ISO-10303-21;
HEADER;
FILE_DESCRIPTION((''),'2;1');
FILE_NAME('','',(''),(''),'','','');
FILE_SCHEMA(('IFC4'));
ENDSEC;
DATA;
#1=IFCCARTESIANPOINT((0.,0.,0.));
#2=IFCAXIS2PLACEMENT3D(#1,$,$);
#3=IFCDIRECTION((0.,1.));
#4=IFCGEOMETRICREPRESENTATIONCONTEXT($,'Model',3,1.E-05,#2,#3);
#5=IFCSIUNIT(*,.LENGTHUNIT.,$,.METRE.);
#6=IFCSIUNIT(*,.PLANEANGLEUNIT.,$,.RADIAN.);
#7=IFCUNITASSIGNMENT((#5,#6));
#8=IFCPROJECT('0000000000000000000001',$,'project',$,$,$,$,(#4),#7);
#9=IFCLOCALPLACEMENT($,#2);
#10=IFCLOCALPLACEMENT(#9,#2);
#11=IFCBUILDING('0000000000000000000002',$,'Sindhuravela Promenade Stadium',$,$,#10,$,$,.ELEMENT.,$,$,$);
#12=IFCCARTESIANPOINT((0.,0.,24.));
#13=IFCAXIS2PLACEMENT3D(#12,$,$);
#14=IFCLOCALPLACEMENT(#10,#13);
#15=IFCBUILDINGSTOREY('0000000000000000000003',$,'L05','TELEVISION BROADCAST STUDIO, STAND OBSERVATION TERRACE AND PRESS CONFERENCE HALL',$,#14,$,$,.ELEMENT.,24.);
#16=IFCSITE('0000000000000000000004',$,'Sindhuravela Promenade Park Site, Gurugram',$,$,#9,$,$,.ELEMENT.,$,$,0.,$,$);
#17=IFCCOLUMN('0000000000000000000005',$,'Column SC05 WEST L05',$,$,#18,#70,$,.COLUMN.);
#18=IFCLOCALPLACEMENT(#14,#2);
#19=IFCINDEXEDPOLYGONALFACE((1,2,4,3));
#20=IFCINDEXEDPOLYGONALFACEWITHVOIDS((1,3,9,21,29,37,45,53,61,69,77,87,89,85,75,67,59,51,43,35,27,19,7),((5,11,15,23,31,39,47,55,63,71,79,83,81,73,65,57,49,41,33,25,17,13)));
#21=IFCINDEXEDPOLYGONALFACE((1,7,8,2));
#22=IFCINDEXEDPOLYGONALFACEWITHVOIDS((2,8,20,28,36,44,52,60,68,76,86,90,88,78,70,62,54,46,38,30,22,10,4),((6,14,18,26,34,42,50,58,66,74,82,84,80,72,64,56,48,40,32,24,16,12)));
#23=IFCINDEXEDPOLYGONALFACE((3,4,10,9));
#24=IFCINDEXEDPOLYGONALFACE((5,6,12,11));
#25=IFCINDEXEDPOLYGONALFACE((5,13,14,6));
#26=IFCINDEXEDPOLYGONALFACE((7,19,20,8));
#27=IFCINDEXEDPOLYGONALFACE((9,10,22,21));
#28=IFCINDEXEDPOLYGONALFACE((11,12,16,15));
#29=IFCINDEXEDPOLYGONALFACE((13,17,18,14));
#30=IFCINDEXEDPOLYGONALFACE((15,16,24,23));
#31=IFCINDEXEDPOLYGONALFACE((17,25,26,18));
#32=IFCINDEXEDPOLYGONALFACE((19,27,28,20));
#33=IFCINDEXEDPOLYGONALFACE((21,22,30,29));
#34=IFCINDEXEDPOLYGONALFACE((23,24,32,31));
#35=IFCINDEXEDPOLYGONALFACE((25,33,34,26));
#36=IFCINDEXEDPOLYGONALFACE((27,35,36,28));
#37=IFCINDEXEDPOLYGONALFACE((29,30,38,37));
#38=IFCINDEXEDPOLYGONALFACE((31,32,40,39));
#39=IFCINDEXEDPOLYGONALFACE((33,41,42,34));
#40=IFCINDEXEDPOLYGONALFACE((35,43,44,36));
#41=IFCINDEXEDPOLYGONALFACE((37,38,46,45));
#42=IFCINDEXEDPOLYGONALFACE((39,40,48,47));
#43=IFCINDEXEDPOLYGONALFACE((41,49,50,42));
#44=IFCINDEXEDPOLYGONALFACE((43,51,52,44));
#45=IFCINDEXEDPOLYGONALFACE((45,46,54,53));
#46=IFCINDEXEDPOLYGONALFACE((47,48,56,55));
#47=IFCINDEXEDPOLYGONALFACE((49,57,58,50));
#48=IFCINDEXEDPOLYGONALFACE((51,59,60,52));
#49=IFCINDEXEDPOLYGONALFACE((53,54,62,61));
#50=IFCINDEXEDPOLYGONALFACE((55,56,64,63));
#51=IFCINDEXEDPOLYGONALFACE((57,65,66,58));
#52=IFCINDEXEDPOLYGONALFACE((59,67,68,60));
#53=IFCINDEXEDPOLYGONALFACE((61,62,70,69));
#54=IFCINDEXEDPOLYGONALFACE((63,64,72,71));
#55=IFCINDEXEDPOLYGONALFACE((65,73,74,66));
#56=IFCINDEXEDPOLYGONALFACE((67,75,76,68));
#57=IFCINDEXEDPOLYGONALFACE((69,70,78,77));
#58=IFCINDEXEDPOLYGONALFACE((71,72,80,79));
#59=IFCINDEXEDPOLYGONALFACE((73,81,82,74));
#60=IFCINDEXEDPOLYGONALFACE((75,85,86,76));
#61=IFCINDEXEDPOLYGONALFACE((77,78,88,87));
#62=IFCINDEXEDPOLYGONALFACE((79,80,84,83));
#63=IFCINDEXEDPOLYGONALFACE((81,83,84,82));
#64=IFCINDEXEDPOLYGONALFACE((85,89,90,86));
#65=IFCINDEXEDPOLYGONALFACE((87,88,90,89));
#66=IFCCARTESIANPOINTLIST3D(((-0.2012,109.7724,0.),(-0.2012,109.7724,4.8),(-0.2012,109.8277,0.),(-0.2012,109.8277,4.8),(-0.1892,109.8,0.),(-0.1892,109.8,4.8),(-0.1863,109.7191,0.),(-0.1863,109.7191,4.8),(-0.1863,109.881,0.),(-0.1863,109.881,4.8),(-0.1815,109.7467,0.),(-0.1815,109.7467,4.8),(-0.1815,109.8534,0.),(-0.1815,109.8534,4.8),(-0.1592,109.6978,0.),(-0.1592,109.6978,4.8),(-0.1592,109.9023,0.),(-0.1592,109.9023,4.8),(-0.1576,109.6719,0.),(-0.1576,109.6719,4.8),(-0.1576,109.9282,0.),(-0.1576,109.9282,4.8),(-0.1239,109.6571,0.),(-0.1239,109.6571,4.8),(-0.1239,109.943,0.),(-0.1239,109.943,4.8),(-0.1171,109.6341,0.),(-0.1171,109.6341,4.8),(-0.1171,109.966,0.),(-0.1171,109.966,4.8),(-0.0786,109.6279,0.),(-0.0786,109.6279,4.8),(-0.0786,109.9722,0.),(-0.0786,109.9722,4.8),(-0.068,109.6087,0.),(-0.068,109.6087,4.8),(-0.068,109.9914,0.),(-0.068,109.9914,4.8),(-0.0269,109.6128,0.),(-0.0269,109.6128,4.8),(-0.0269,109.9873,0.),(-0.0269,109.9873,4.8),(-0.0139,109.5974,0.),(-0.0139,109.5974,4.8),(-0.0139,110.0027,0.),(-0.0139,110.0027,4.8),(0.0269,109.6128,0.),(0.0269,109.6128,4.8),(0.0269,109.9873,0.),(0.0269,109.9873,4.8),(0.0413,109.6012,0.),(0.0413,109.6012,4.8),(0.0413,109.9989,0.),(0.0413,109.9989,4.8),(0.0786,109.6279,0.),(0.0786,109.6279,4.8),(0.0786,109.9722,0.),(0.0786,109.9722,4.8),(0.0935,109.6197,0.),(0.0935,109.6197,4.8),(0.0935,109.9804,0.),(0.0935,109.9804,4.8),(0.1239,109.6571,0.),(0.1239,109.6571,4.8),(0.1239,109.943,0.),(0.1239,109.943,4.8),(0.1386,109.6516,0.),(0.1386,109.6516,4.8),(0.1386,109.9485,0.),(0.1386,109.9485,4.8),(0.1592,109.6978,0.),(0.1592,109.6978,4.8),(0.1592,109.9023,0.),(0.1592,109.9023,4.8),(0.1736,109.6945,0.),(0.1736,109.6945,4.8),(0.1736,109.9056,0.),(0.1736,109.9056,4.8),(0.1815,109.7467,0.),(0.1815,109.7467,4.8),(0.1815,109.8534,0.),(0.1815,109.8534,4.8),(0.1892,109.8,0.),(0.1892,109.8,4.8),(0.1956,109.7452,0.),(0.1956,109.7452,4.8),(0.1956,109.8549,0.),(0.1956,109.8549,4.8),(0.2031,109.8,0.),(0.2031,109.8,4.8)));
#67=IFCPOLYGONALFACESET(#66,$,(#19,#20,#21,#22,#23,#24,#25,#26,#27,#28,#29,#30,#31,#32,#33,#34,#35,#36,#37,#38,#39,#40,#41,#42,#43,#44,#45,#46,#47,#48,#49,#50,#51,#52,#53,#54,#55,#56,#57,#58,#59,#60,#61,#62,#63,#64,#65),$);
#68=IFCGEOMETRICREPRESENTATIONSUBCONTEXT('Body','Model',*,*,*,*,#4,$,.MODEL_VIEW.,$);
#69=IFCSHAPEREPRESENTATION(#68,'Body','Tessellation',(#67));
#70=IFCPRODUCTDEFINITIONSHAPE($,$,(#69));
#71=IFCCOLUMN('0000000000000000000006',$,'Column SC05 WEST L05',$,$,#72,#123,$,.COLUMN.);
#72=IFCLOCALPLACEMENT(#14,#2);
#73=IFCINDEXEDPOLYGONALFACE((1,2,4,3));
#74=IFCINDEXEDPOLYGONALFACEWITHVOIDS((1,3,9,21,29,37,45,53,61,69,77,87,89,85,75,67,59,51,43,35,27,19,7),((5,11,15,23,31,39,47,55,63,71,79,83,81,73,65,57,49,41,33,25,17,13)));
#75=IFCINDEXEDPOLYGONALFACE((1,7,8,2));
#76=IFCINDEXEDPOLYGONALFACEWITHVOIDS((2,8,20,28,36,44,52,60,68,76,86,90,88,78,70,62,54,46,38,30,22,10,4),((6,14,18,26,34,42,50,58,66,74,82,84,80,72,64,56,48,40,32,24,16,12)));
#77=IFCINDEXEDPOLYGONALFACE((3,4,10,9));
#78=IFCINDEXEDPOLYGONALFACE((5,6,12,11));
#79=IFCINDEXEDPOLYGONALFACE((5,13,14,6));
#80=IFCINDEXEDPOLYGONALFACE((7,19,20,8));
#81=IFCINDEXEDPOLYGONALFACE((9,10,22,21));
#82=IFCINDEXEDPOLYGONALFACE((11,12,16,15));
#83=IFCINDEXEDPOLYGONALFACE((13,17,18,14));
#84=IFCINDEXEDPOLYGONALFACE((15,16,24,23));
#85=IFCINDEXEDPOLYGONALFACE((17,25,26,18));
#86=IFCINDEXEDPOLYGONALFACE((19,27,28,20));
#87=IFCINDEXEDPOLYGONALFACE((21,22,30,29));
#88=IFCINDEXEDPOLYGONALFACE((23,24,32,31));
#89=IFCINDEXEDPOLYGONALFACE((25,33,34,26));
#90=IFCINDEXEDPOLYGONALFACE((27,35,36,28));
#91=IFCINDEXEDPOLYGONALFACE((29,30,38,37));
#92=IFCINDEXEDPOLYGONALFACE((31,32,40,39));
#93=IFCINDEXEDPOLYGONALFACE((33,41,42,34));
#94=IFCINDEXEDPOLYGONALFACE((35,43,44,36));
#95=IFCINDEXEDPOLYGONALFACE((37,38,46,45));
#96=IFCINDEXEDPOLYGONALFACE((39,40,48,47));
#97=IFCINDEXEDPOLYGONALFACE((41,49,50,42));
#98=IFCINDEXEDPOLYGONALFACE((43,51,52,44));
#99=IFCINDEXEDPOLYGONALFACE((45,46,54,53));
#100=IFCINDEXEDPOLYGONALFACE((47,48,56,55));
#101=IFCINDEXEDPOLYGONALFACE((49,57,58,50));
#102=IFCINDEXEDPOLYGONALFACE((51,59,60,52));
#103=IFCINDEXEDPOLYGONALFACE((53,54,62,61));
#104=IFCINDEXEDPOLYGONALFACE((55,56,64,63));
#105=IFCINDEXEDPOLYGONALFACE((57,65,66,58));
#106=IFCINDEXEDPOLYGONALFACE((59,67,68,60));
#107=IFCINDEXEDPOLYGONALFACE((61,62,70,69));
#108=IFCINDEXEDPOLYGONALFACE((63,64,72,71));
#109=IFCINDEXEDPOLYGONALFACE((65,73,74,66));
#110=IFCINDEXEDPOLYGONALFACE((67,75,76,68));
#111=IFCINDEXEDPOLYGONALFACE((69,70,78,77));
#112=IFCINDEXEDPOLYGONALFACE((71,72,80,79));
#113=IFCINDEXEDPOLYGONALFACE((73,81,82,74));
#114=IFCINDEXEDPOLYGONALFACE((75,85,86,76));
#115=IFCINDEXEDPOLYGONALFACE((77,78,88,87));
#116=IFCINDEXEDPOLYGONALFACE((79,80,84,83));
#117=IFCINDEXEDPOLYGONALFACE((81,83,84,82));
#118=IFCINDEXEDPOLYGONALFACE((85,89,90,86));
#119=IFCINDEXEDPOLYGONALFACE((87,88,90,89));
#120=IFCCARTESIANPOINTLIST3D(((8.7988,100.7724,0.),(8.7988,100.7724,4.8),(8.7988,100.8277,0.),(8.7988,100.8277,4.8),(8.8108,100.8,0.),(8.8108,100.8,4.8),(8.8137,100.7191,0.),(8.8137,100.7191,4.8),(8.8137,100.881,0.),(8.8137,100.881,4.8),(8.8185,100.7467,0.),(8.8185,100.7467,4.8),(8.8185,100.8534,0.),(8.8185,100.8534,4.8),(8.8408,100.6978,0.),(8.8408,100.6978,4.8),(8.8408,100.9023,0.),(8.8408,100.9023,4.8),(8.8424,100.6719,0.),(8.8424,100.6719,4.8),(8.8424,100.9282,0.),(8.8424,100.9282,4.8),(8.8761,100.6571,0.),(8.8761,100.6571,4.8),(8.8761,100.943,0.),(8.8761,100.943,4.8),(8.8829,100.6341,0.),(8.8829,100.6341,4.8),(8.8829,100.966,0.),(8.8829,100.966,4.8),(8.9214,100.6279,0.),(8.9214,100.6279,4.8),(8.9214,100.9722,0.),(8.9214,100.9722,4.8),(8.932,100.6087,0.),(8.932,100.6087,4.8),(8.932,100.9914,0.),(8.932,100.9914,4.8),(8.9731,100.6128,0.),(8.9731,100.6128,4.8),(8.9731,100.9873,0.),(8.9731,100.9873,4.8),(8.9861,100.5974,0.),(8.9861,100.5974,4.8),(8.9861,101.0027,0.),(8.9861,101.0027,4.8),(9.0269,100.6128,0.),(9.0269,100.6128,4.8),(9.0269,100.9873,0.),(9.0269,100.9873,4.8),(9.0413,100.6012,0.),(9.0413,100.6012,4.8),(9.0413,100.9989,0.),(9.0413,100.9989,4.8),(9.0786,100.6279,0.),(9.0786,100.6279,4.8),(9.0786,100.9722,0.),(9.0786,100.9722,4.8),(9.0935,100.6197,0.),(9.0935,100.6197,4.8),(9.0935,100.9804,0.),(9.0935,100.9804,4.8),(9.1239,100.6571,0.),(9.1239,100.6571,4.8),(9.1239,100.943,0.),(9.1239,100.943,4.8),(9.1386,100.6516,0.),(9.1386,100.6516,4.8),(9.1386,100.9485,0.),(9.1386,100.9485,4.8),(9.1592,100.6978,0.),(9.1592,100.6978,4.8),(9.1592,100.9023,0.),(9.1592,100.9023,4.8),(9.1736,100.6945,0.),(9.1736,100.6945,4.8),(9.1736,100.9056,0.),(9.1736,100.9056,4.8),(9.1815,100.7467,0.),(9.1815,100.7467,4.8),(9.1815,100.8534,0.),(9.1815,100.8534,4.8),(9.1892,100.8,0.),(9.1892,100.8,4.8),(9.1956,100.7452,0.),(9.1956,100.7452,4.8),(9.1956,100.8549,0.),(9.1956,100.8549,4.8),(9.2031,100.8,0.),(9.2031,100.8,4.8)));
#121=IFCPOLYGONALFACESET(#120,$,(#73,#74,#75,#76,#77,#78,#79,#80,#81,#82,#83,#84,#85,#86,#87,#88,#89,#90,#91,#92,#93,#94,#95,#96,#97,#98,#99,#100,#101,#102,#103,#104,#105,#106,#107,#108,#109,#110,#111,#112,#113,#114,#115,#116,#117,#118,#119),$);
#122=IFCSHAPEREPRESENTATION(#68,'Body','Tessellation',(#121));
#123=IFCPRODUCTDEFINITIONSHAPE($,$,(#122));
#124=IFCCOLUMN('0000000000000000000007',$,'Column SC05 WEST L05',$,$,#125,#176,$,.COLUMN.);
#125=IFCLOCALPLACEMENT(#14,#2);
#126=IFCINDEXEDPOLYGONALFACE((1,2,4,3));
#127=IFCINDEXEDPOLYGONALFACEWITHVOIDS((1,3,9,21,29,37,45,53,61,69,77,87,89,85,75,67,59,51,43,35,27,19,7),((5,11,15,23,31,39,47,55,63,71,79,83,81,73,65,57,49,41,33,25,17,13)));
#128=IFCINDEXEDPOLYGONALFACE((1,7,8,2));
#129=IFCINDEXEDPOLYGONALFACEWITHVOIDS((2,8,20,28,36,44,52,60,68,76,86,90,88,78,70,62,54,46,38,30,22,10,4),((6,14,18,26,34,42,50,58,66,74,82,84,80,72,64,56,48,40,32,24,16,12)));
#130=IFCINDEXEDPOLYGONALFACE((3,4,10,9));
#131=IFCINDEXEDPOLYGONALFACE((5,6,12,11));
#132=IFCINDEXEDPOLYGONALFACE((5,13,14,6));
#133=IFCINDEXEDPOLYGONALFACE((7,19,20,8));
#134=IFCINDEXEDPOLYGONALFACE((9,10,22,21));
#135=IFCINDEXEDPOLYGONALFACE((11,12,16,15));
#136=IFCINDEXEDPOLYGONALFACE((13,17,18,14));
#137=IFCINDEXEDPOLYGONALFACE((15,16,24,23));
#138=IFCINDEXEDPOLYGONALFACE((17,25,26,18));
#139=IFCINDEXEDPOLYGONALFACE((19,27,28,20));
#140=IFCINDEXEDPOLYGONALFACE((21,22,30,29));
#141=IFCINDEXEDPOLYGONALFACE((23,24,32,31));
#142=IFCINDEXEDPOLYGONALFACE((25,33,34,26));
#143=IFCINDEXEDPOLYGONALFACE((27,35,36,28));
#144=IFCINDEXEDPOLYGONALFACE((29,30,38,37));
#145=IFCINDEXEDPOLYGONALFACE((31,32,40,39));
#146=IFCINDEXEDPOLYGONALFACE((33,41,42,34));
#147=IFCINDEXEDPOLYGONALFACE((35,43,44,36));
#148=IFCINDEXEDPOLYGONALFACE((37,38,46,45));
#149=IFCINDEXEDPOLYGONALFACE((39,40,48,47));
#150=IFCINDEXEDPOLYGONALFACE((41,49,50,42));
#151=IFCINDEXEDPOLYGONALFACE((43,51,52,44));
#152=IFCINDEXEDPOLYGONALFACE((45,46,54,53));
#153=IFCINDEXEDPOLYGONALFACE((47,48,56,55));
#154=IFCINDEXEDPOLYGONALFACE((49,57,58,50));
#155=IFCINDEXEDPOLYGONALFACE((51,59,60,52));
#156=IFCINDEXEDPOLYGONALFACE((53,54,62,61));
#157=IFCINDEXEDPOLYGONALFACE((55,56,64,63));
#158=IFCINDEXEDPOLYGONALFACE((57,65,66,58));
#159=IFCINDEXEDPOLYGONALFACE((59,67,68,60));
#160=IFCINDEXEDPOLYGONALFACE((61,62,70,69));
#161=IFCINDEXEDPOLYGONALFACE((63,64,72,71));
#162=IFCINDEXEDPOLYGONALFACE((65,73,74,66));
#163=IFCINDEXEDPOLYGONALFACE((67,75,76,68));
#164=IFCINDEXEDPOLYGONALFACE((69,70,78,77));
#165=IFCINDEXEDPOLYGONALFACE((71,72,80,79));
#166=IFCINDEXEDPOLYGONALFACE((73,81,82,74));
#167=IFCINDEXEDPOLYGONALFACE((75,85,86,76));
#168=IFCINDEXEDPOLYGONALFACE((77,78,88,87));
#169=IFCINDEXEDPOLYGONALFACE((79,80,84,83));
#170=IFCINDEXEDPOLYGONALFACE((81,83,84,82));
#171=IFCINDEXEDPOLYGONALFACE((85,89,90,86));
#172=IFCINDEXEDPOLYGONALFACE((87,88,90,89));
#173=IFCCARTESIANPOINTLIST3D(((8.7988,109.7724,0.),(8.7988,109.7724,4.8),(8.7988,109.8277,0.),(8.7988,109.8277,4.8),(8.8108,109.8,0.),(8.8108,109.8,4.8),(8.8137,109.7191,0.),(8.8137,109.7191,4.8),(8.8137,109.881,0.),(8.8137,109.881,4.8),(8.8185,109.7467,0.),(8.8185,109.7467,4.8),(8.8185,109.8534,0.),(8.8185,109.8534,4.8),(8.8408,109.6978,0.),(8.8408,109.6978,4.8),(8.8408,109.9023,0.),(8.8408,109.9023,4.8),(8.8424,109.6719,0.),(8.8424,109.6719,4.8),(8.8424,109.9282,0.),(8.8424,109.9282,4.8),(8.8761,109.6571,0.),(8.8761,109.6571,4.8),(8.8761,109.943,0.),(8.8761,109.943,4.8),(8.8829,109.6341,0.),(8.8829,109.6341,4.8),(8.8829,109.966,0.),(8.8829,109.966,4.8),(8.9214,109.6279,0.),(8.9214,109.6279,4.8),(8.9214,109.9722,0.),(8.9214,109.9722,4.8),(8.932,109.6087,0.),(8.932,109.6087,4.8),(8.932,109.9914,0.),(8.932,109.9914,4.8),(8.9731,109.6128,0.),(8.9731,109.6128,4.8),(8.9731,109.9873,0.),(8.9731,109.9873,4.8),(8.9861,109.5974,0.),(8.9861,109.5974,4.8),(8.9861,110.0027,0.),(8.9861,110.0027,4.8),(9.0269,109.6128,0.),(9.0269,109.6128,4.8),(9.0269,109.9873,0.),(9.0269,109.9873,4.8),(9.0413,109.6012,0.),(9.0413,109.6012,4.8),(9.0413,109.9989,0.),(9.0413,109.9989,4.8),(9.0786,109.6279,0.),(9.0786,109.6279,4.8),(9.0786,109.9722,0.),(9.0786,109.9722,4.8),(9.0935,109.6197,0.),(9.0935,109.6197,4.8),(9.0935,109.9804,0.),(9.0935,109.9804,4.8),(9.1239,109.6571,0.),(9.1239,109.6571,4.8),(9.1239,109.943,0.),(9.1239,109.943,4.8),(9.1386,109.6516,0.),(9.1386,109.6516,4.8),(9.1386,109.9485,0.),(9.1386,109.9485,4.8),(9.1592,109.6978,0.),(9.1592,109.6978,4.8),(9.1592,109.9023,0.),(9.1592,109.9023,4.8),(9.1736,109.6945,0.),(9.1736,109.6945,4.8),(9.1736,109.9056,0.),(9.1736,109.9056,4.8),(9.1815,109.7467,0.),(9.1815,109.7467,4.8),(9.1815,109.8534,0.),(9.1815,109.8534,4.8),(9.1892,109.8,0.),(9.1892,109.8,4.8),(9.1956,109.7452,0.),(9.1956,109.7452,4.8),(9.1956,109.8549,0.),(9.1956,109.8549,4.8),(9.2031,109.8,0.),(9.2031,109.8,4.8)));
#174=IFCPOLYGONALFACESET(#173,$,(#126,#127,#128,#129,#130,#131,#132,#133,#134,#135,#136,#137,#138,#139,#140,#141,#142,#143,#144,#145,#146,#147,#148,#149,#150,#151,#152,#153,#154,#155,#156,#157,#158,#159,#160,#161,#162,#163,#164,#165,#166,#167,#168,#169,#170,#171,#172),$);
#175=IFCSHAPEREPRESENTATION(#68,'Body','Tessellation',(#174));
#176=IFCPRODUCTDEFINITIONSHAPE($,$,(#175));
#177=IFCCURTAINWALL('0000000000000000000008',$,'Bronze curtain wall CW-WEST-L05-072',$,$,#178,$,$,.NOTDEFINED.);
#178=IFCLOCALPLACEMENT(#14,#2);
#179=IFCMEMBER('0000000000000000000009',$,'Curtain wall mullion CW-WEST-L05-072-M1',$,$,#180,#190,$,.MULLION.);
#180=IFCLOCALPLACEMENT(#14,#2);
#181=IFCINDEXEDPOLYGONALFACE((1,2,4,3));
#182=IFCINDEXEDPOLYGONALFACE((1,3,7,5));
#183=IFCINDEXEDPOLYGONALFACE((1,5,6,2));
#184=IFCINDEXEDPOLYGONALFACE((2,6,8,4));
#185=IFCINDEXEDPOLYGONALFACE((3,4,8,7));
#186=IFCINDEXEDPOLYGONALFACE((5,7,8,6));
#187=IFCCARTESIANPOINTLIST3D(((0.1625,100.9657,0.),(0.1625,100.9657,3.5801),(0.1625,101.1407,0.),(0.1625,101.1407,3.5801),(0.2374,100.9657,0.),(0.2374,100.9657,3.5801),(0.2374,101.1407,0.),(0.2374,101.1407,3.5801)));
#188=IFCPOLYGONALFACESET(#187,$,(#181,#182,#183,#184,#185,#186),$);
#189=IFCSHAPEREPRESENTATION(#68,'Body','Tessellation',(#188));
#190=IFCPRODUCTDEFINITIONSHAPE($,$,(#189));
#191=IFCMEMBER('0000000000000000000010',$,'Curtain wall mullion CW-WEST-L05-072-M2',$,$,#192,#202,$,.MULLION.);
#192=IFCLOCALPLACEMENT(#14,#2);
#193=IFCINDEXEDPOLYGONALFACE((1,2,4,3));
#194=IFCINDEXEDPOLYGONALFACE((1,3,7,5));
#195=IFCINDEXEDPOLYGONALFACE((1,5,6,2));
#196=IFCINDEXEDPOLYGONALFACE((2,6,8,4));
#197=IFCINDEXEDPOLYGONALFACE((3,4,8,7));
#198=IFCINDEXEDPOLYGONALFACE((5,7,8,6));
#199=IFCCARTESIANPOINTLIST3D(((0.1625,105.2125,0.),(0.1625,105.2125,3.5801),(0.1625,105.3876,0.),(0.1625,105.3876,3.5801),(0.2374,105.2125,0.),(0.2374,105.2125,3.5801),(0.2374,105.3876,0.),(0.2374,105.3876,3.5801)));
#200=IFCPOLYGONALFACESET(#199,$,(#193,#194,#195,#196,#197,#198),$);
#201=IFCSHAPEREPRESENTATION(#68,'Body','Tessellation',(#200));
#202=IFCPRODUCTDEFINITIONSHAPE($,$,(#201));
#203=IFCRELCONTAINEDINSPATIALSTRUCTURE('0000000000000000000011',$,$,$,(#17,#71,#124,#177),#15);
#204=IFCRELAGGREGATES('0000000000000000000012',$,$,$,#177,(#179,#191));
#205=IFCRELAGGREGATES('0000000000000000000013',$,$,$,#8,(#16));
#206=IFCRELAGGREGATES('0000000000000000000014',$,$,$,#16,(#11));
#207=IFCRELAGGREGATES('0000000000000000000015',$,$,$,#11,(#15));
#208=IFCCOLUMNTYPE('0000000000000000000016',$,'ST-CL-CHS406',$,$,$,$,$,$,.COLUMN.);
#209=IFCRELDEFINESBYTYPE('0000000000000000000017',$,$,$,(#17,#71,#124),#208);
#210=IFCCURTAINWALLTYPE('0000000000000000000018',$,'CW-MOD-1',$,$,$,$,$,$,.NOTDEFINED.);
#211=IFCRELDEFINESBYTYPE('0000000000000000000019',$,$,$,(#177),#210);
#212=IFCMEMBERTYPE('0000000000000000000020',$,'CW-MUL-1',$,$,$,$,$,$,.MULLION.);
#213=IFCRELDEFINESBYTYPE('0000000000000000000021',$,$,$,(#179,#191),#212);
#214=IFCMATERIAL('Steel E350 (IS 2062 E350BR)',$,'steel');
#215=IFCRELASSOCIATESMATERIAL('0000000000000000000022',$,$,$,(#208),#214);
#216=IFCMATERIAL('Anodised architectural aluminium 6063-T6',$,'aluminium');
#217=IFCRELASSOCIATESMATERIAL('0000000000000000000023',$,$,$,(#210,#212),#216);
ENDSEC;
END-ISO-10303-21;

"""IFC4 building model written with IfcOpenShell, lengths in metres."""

from ifc_helpers import new_model, si_unit, direction, frame, origin, origin_2d, place, context, subcontext, project, spatial, rectangle, hollow_circle, extrude, material, material_profile, profile_set, type_object, element, aggregate, save


model = new_model("IFC4")

# Units and contexts
model_context = context("Model", 3, precision=1e-05, world=origin(), true_north=direction((0.0, 1.0)))
body_context = subcontext(model_context, "Body", "Model", "MODEL_VIEW")
ifc_project = project(units=[si_unit("LENGTHUNIT", "METRE"), si_unit("PLANEANGLEUNIT", "RADIAN")], contexts=[model_context])

# Site, building, storey
site_placement = place(None, origin())
site = spatial("IfcSite", under=ifc_project, at=site_placement, Name="Sindhuravela Promenade Park Site, Gurugram", CompositionType="ELEMENT", RefElevation=0.0)
building_placement = place(site_placement, origin())
building = spatial("IfcBuilding", under=site, at=building_placement, Name="Sindhuravela Promenade Stadium", CompositionType="ELEMENT")
storey_placement = place(building_placement, frame((0.0, 0.0, 24.0)))
storey = spatial("IfcBuildingStorey", under=building, at=storey_placement, Name="L05", Description="TELEVISION BROADCAST STUDIO, STAND OBSERVATION TERRACE AND PRESS CONFERENCE HALL", CompositionType="ELEMENT", Elevation=24.0)

# Columns
ifc_material_1 = material(Name="Steel E350 (IS 2062 E350BR)", Category="steel")
ifc_material_profile_1 = material_profile(ifc_material_1, hollow_circle(Radius=0.2031, WallThickness=0.0139, at=origin_2d()), Name="CHS 406.4x14")
ifc_profile_set_1 = profile_set([ifc_material_profile_1], Name="Steel E350 (IS 2062 E350BR)")
column_type = type_object("IfcColumnType", Name="ST-CL-CHS406", PredefinedType="COLUMN", material=ifc_profile_set_1)
for number, where, z_axis, x_axis, name in (
    (1, (0.0, 109.8, 0.0), (0.0, 0.0, 1.0), (1.0, 0.0, 0.0), "Column SC05 WEST L05"),
    (2, (9.0, 100.8, 0.0), (0.0, 0.0, 1.0), (1.0, 0.0, 0.0), "Column SC05 WEST L05"),
    (3, (9.0, 109.8, 0.0), (0.0, 0.0, 1.0), (1.0, 0.0, 0.0), "Column SC05 WEST L05"),
):
    element("IfcColumn", number, at=place(storey_placement, frame(where, z_axis=z_axis, x_axis=x_axis)), inside=storey, type_object=column_type, Name=name, PredefinedType="COLUMN", context=body_context, shape_type="SweptSolid", body=[
        extrude(hollow_circle(Radius=0.2031, WallThickness=0.0139, at=origin_2d()), origin(), (0.0, 0.0, 1.0), 4.8),
    ])

# Curtain wall, members
ifc_material_2 = material(Name="Anodised architectural aluminium 6063-T6", Category="aluminium")
curtain_wall_type_1 = type_object("IfcCurtainWallType", Name="CW-MOD-1", PredefinedType="NOTDEFINED", material=ifc_material_2)
curtain_wall_1_placement = place(storey_placement, origin())
curtain_wall_1 = element("IfcCurtainWall", 4, at=curtain_wall_1_placement, inside=storey, type_object=curtain_wall_type_1, Name="Bronze curtain wall CW-WEST-L05-072", PredefinedType="NOTDEFINED")
ifc_material_profile_2 = material_profile(ifc_material_2, rectangle(XDim=0.075, YDim=0.175, at=origin_2d()), Name="ALU MULL 75x175")
ifc_profile_set_2 = profile_set([ifc_material_profile_2], Name="Anodised architectural aluminium 6063-T6")
member_type_1 = type_object("IfcMemberType", Name="CW-MUL-1", PredefinedType="MULLION", material=ifc_profile_set_2)
member_1_placement = place(storey_placement, frame((0.2, 101.0532, 0.0), z_axis=(0.0, 0.0, 1.0), x_axis=(1.0, 0.0, 0.0)))
member_1 = element("IfcMember", 5, at=member_1_placement, type_object=member_type_1, Name="Curtain wall mullion CW-WEST-L05-072-M1", PredefinedType="MULLION", context=body_context, shape_type="SweptSolid", body=[
    extrude(rectangle(XDim=0.075, YDim=0.175, at=origin_2d()), origin(), (0.0, 0.0, 1.0), 3.5801),
])
member_2_placement = place(storey_placement, frame((0.2, 105.3, 0.0), z_axis=(0.0, 0.0, 1.0), x_axis=(1.0, 0.0, 0.0)))
member_2 = element("IfcMember", 6, at=member_2_placement, type_object=member_type_1, Name="Curtain wall mullion CW-WEST-L05-072-M2", PredefinedType="MULLION", context=body_context, shape_type="SweptSolid", body=[
    extrude(rectangle(XDim=0.075, YDim=0.175, at=origin_2d()), origin(), (0.0, 0.0, 1.0), 3.5801),
])

aggregate(curtain_wall_1, [member_1, member_2])

save(model, "model.ifc")
